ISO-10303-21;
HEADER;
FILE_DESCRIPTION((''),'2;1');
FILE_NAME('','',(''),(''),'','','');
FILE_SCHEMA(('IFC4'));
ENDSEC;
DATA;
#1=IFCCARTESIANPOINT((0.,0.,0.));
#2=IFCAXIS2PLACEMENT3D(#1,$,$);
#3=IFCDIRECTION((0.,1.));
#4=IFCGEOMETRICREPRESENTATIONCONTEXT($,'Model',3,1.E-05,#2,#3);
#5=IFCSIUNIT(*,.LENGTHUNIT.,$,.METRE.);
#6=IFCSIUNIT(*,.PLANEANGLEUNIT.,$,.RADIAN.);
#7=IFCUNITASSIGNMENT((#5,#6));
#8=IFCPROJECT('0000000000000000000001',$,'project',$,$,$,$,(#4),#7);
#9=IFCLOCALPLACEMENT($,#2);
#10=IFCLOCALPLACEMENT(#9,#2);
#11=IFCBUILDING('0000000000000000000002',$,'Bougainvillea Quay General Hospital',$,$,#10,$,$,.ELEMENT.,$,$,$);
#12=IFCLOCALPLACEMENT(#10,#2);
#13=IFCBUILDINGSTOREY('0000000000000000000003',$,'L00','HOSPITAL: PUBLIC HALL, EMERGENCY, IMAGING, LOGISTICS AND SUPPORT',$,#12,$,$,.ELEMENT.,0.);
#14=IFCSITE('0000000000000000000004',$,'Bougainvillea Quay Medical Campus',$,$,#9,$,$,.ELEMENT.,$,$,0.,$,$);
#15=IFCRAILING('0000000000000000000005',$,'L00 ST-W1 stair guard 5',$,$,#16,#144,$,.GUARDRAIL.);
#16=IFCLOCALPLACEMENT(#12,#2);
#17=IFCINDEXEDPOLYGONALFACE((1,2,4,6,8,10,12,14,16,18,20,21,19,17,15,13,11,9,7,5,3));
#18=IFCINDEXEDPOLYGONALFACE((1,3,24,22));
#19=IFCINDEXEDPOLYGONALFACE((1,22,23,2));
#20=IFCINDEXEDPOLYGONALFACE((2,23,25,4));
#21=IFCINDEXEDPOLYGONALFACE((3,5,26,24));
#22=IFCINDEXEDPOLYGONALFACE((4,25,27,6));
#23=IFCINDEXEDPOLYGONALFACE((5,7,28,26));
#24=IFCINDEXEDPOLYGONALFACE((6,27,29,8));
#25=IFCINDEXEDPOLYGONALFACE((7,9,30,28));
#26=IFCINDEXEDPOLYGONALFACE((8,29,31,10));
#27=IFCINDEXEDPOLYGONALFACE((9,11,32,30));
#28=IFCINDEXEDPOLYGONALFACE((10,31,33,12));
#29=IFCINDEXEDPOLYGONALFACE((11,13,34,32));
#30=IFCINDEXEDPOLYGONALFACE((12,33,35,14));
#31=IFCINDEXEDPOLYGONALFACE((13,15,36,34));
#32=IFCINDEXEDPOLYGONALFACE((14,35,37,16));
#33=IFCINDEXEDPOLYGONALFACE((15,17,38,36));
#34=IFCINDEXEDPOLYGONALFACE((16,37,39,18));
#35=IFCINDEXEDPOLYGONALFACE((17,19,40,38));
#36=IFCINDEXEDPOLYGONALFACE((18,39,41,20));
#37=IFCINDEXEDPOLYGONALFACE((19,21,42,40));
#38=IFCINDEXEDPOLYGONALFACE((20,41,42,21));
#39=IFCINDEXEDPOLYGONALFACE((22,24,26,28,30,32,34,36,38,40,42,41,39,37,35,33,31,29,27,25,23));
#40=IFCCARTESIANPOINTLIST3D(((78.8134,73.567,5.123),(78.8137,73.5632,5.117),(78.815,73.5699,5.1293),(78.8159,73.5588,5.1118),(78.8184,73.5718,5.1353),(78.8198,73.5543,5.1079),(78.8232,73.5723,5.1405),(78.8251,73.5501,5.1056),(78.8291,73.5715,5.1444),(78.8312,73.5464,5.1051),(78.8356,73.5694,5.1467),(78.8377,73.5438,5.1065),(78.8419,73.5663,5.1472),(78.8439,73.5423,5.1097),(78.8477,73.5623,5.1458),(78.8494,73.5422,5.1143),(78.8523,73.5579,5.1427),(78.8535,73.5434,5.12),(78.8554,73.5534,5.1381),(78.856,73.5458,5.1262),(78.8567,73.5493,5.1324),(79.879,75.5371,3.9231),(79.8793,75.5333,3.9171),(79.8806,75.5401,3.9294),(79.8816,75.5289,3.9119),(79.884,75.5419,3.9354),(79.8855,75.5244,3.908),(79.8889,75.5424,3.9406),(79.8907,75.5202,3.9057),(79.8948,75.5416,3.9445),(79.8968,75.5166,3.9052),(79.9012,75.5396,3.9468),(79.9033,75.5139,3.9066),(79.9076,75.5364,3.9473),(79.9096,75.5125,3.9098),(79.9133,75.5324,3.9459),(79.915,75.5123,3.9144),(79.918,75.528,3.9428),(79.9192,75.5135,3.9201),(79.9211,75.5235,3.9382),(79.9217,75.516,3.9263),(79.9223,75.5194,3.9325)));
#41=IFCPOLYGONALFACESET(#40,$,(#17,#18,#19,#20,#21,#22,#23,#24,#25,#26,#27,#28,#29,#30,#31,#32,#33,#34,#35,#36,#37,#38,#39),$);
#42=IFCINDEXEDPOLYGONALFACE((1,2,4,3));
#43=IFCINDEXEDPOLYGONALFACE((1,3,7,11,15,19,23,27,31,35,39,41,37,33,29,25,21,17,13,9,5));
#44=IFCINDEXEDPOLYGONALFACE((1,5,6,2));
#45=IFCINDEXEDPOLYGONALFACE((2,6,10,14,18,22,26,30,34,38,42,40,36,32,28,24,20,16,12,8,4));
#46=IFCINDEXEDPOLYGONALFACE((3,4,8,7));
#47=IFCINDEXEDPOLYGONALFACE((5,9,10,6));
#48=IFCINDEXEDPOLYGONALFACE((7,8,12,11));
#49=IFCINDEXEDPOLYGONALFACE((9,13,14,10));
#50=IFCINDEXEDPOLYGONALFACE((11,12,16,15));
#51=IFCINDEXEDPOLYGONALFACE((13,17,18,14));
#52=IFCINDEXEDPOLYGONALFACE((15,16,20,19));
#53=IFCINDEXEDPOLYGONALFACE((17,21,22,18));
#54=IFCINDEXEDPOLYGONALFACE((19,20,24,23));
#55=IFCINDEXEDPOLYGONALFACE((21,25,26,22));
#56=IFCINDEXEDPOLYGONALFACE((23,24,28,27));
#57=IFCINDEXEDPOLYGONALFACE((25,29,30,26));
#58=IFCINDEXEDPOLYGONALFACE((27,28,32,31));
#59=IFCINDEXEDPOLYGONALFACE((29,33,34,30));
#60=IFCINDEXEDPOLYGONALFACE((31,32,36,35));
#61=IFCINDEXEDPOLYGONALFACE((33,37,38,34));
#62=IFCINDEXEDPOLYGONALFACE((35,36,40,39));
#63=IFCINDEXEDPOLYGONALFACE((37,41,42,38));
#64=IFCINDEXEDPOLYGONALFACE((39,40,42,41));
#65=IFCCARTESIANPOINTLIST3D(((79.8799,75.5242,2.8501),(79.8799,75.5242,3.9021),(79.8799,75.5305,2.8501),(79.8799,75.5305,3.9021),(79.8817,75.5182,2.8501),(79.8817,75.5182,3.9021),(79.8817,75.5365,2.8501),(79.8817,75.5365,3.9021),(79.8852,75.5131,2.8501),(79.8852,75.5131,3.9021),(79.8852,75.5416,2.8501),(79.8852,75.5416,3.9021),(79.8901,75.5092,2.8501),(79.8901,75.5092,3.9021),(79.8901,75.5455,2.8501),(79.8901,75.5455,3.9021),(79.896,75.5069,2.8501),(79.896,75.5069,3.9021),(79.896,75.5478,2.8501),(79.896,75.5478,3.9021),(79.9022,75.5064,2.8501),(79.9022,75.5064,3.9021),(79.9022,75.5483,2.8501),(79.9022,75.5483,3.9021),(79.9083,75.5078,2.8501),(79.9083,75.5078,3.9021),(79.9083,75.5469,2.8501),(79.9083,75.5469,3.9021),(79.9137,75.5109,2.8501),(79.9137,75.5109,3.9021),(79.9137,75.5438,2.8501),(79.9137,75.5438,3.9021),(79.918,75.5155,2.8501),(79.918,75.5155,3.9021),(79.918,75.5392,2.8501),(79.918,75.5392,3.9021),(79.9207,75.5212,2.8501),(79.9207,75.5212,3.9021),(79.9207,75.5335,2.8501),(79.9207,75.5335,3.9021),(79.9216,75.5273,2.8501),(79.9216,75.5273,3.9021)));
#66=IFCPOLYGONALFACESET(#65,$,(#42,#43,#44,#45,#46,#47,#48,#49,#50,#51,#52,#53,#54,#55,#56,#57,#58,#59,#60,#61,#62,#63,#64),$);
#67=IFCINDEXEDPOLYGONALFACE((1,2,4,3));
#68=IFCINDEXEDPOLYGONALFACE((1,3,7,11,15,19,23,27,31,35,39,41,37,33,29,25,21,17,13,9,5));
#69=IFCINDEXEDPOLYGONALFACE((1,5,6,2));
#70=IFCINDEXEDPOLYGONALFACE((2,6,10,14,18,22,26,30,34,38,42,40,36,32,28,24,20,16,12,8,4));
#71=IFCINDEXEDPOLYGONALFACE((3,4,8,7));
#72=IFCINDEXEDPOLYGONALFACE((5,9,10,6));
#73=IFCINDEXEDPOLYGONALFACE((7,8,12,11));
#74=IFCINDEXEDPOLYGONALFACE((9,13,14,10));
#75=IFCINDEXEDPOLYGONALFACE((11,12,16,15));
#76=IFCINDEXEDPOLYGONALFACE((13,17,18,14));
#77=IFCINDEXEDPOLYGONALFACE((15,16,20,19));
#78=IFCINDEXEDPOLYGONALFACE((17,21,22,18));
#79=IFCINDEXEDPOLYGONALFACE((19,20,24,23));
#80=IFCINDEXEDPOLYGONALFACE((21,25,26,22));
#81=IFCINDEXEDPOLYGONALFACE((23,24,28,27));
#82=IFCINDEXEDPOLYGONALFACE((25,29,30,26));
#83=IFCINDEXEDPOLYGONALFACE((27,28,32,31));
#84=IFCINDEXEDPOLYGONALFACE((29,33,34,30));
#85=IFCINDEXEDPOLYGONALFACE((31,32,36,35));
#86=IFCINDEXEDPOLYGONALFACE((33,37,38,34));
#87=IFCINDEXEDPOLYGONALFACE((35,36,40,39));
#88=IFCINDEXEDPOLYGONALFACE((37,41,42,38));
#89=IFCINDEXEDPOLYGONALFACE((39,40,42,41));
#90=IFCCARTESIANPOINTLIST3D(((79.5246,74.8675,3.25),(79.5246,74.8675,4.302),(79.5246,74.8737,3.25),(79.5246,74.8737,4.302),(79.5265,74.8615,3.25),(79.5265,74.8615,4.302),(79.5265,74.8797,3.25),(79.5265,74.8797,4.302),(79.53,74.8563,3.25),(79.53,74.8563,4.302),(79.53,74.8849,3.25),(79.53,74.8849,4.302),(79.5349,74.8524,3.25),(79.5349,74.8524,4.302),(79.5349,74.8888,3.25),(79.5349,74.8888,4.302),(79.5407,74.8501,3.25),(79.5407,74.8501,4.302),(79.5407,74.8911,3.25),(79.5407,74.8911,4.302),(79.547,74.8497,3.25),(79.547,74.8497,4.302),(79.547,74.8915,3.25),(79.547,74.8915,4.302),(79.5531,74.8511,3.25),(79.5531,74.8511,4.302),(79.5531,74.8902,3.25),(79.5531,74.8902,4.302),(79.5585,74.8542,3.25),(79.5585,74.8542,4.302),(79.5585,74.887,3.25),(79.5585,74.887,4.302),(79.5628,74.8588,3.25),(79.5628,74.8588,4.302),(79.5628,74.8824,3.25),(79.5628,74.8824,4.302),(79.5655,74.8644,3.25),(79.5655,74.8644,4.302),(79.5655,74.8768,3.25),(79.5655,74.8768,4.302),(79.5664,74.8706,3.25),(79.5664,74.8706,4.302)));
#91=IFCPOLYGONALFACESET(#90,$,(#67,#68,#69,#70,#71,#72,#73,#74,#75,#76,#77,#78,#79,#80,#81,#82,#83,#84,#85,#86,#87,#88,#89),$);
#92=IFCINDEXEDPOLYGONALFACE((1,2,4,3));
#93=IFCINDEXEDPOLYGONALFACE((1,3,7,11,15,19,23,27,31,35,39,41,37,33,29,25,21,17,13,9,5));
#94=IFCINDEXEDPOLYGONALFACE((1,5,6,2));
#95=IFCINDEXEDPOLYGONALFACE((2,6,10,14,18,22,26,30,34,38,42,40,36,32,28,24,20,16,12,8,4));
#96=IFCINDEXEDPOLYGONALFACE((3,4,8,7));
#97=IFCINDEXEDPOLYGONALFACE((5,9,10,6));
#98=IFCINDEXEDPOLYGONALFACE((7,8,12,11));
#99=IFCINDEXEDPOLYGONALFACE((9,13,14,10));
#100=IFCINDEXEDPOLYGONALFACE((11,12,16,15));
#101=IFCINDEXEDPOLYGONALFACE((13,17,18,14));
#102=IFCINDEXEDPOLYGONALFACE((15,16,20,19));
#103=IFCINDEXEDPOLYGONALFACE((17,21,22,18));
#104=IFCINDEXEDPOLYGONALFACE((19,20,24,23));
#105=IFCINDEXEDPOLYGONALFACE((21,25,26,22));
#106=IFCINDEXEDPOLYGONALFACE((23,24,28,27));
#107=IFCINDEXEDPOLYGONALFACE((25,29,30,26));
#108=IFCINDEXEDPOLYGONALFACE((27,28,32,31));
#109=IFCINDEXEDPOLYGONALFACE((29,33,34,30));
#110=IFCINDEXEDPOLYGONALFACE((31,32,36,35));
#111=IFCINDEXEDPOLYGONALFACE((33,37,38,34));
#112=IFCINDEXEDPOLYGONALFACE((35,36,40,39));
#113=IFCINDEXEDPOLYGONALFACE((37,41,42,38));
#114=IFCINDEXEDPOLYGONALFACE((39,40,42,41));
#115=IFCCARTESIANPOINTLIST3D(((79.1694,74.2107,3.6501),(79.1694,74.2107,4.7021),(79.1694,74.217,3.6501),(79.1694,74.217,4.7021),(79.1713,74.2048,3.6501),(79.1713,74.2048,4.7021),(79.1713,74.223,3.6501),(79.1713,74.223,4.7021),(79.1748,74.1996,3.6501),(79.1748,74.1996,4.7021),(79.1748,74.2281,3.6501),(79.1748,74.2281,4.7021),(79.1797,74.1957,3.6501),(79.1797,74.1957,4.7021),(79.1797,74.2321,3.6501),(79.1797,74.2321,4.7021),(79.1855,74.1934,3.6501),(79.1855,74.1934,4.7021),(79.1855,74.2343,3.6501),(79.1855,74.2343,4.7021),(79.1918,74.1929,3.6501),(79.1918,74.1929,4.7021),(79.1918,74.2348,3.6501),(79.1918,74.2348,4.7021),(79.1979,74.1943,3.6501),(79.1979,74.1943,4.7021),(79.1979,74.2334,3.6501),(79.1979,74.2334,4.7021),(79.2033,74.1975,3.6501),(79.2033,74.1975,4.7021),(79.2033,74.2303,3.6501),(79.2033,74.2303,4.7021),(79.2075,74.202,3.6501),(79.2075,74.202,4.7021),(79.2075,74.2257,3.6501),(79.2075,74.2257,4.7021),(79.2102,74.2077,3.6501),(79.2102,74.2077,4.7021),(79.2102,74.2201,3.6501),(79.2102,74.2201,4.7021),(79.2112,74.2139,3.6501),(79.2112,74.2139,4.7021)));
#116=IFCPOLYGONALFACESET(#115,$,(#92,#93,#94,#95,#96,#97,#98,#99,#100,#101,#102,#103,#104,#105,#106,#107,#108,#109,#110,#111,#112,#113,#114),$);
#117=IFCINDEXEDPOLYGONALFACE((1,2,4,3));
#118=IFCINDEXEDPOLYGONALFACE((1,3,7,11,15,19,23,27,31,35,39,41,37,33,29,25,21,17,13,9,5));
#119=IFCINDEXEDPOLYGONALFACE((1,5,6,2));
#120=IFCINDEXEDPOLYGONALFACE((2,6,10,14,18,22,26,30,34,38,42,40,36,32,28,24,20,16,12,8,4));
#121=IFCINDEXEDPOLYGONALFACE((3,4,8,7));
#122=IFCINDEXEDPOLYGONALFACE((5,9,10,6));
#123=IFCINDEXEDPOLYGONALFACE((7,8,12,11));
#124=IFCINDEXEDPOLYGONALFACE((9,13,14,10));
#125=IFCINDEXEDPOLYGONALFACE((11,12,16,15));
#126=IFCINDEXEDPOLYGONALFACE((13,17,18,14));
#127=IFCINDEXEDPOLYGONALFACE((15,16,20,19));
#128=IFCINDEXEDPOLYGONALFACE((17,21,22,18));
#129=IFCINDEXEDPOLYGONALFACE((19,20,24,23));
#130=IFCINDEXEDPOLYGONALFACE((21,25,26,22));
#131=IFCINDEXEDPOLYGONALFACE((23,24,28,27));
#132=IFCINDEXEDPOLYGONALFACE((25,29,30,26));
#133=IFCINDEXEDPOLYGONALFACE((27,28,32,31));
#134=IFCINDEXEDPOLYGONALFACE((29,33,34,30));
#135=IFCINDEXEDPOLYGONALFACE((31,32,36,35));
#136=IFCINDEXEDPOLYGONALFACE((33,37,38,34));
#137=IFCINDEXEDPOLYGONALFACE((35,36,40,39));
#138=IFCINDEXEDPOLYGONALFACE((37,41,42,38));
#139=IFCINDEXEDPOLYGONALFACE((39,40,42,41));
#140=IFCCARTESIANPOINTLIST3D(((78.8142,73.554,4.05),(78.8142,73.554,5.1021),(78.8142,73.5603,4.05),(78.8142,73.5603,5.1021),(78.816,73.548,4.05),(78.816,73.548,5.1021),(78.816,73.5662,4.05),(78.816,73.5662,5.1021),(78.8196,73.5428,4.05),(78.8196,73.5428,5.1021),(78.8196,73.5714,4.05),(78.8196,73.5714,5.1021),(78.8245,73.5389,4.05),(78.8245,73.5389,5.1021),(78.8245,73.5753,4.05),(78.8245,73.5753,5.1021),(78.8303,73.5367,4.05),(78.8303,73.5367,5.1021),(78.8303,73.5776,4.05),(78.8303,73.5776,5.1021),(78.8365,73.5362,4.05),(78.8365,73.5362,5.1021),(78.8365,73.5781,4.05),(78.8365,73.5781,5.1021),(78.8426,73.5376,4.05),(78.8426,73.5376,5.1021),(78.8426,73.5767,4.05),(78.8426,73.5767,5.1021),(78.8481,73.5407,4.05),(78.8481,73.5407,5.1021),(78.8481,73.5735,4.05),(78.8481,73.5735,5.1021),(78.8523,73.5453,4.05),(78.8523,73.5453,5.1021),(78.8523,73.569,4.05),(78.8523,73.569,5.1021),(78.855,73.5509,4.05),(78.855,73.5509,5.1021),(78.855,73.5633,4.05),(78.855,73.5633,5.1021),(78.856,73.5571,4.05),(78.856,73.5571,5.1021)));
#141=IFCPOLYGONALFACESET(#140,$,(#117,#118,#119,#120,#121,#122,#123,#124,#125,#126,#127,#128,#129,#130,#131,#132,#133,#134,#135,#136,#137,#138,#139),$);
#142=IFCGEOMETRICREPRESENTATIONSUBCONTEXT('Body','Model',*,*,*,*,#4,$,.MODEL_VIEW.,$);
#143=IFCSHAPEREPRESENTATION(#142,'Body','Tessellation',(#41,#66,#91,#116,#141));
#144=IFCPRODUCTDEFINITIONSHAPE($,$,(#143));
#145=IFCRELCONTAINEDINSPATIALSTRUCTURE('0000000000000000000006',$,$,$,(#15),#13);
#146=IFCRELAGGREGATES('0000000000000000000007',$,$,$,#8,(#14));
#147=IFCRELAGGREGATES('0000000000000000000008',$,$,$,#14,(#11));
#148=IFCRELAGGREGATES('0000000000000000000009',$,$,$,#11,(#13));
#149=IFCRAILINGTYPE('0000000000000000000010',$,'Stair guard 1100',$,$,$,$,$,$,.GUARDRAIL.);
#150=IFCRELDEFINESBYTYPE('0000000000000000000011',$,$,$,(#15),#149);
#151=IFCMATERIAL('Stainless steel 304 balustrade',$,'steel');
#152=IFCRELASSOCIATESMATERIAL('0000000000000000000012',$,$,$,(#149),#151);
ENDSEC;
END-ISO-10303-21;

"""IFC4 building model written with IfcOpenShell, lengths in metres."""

from ifc_helpers import new_model, si_unit, direction, frame, origin, origin_2d, place, context, subcontext, project, spatial, circle, extrude, material, type_object, element, save


model = new_model("IFC4")

# Units and contexts
model_context = context("Model", 3, precision=1e-05, world=origin(), true_north=direction((0.0, 1.0)))
body_context = subcontext(model_context, "Body", "Model", "MODEL_VIEW")
ifc_project = project(units=[si_unit("LENGTHUNIT", "METRE"), si_unit("PLANEANGLEUNIT", "RADIAN")], contexts=[model_context])

# Site, building, storey
site_placement = place(None, origin())
site = spatial("IfcSite", under=ifc_project, at=site_placement, Name="Bougainvillea Quay Medical Campus", CompositionType="ELEMENT", RefElevation=0.0)
building_placement = place(site_placement, origin())
building = spatial("IfcBuilding", under=site, at=building_placement, Name="Bougainvillea Quay General Hospital", CompositionType="ELEMENT")
storey_placement = place(building_placement, origin())
storey = spatial("IfcBuildingStorey", under=building, at=storey_placement, Name="L00", Description="HOSPITAL: PUBLIC HALL, EMERGENCY, IMAGING, LOGISTICS AND SUPPORT", CompositionType="ELEMENT", Elevation=0.0)

# Railing
ifc_material_1 = material(Name="Stainless steel 304 balustrade", Category="steel")
railing_type_1 = type_object("IfcRailingType", Name="Stair guard 1100", PredefinedType="GUARDRAIL", material=ifc_material_1)
railing_1_placement = place(storey_placement, frame((79.9006, 75.5273, 2.8501)))
element("IfcRailing", 1, at=railing_1_placement, inside=storey, type_object=railing_type_1, Name="L00 ST-W1 stair guard 5", PredefinedType="GUARDRAIL", context=body_context, shape_type="SweptSolid", body=[
    extrude(circle(Radius=0.0239, at=origin_2d()), frame((0.0, 0.0, 1.0762), z_axis=(-0.419372, -0.775333, 0.472214), x_axis=(0.879577, -0.475756, 0.0)), (0.0, 0.0, 1.0), 2.541),
    extrude(circle(Radius=0.021, at=origin_2d()), origin(), (0.0, 0.0, 1.0), 1.052),
    extrude(circle(Radius=0.021, at=origin_2d()), frame((-0.3552, -0.6567, 0.3999)), (0.0, 0.0, 1.0), 1.052),
    extrude(circle(Radius=0.021, at=origin_2d()), frame((-0.7104, -1.3135, 0.8)), (0.0, 0.0, 1.0), 1.052),
    extrude(circle(Radius=0.021, at=origin_2d()), frame((-1.0657, -1.9702, 1.2)), (0.0, 0.0, 1.0), 1.052),
])

save(model, "model.ifc")
